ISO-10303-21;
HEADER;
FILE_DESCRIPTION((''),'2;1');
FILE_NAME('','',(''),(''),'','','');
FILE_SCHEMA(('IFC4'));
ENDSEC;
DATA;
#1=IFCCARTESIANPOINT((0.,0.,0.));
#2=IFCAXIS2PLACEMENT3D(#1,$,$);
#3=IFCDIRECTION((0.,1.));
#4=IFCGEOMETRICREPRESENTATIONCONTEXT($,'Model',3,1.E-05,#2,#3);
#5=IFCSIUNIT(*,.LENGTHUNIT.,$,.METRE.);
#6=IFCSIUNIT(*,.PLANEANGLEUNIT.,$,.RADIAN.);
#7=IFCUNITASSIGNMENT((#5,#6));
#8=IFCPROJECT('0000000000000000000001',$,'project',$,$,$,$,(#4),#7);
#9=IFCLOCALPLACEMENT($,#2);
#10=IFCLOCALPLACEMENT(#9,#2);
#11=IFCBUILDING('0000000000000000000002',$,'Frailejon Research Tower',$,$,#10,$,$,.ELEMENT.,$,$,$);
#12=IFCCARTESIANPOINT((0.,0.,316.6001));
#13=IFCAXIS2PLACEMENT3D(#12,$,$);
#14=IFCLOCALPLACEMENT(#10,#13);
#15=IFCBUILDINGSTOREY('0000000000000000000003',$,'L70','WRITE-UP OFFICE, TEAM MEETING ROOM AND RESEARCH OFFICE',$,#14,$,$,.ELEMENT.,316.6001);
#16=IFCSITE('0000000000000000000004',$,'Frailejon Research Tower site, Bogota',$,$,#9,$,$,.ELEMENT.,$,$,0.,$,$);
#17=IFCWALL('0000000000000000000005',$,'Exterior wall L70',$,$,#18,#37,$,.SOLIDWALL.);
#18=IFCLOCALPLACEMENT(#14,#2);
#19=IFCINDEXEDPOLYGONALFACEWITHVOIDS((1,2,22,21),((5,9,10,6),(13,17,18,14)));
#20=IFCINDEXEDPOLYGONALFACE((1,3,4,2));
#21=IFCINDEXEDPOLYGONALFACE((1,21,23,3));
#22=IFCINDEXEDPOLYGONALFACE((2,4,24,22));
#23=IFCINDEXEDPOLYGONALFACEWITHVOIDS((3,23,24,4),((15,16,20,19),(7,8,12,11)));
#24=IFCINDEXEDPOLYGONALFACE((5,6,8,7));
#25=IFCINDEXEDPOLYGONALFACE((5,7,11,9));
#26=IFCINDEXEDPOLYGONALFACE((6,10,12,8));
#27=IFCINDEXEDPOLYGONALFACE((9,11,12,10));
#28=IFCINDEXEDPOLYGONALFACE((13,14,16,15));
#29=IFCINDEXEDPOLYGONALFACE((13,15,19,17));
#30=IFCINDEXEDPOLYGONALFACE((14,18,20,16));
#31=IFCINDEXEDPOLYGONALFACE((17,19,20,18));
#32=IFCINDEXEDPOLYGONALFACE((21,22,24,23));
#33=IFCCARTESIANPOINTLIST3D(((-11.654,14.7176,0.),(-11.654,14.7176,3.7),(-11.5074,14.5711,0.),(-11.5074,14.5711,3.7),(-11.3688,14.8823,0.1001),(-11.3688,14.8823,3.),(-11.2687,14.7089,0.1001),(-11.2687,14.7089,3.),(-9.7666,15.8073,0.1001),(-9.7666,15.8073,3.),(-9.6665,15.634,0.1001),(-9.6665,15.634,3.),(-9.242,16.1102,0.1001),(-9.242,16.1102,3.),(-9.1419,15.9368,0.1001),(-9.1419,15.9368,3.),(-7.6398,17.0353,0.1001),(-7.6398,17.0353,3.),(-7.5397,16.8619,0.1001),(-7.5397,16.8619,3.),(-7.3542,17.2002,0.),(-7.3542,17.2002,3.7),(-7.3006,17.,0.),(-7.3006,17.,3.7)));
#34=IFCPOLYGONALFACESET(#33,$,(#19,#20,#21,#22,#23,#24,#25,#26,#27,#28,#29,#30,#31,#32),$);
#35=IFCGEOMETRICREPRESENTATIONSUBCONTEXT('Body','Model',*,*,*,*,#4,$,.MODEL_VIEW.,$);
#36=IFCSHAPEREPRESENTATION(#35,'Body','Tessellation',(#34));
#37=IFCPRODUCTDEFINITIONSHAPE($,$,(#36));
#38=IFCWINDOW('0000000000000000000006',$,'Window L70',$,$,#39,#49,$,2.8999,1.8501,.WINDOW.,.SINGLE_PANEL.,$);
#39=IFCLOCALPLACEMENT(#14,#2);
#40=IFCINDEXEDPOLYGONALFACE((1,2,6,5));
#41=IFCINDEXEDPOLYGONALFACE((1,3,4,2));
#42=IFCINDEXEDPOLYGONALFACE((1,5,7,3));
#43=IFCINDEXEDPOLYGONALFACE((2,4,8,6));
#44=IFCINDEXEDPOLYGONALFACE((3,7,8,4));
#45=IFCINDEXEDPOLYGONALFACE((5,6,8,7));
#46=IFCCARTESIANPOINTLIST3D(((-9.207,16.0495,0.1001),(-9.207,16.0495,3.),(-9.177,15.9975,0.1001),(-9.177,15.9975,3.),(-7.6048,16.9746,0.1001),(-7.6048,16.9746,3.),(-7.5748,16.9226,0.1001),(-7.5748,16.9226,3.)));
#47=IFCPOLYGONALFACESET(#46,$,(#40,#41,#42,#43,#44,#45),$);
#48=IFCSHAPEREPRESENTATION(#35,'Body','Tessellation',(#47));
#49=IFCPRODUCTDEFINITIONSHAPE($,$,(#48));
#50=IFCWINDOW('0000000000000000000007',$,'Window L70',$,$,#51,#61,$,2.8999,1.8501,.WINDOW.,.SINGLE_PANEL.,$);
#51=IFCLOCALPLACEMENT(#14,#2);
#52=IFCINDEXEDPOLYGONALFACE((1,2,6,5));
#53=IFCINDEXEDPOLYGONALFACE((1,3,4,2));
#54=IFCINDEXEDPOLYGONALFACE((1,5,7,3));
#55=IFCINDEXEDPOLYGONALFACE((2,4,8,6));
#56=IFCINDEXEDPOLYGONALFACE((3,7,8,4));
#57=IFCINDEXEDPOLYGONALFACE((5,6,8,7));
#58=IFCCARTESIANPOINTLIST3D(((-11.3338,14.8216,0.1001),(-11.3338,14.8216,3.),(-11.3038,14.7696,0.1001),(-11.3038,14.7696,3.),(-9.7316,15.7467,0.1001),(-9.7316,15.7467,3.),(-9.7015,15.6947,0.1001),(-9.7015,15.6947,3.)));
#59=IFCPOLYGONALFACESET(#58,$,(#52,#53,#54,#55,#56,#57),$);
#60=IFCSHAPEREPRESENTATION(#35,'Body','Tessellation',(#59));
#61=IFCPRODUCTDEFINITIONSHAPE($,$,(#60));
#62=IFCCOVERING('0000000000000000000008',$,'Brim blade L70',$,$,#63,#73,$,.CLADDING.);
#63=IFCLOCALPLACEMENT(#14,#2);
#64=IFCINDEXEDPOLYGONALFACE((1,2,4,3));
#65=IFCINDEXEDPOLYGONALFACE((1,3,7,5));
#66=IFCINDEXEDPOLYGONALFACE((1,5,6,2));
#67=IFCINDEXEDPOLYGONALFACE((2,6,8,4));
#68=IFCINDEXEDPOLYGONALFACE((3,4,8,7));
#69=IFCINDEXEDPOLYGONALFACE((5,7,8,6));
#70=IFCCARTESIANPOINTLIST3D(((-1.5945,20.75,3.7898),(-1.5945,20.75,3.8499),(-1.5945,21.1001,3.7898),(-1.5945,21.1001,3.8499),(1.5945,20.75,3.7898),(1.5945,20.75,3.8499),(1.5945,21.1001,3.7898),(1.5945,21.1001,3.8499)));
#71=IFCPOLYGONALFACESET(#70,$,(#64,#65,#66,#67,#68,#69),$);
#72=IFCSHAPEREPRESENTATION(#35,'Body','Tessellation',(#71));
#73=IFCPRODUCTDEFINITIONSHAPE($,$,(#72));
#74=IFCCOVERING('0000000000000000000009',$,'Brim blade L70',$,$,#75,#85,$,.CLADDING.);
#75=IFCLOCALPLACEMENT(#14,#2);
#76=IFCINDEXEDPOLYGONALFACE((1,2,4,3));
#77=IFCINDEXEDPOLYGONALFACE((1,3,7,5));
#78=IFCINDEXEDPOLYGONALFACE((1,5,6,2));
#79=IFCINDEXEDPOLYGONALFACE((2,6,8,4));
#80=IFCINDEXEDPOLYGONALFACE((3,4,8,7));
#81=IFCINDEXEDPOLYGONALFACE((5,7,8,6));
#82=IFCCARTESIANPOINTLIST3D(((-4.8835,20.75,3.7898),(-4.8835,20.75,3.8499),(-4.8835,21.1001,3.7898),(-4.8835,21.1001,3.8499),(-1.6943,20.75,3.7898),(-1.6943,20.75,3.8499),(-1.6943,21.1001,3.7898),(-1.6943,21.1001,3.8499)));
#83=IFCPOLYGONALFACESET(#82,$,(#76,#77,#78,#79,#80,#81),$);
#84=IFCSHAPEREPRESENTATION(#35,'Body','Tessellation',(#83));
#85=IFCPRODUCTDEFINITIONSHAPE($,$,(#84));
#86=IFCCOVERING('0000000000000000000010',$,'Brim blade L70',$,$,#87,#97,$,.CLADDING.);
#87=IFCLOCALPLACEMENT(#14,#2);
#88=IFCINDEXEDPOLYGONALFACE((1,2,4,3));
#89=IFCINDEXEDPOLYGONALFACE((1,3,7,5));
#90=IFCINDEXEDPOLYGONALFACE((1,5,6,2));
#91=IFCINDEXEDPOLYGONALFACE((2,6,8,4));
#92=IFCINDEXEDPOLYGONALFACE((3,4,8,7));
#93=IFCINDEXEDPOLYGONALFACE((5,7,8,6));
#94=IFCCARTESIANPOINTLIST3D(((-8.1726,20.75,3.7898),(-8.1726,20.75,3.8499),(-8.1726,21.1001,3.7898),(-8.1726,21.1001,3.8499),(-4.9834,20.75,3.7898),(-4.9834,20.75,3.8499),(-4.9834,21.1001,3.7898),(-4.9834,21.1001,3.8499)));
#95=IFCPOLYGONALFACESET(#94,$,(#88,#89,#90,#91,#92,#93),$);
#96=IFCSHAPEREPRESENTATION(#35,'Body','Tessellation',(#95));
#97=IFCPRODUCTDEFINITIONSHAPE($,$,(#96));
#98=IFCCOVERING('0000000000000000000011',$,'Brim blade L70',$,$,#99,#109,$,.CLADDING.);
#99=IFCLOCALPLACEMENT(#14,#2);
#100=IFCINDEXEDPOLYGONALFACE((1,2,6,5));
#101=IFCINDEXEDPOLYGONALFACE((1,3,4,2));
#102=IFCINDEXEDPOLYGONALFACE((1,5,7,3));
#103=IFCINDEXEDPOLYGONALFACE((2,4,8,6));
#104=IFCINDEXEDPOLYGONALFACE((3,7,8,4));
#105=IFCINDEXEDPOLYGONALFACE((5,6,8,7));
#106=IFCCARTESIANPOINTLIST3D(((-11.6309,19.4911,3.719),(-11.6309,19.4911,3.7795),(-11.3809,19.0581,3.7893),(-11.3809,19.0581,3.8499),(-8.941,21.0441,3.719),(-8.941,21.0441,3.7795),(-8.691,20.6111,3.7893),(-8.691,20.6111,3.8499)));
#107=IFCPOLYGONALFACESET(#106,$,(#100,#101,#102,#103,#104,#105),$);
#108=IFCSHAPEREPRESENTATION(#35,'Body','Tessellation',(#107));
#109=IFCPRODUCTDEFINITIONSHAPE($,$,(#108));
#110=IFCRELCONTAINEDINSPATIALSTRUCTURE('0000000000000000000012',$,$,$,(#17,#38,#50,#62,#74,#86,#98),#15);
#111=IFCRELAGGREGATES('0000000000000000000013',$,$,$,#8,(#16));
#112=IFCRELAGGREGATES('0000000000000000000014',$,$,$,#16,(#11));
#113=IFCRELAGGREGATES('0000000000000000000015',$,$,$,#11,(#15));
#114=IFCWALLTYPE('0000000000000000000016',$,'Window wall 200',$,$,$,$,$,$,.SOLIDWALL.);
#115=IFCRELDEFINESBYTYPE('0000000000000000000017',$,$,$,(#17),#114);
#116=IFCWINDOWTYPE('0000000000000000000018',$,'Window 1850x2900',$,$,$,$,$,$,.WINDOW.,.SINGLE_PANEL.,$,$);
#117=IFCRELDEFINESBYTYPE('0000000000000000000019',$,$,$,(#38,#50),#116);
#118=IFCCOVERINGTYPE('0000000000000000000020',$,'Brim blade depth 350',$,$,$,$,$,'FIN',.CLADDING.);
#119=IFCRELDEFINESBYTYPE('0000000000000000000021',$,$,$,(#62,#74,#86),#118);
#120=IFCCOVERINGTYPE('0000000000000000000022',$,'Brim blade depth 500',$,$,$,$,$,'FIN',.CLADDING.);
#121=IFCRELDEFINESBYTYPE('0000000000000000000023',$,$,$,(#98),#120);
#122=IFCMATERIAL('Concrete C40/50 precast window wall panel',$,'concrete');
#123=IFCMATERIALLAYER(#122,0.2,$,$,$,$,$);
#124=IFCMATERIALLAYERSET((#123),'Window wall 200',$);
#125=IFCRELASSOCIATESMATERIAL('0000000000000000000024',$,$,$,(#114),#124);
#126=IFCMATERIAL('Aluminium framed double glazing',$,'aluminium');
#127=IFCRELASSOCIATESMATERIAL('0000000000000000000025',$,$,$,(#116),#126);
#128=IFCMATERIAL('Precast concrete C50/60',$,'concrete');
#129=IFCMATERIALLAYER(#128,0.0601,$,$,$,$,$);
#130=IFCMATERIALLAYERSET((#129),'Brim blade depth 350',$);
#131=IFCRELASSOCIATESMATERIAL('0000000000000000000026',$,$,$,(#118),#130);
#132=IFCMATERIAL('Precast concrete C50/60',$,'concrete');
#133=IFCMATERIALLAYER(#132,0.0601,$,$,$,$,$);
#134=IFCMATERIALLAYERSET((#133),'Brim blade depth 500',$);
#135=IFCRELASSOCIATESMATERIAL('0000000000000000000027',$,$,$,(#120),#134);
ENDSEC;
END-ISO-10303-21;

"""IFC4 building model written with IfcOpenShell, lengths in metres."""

from ifc_helpers import new_model, si_unit, direction, frame, frame_2d, origin, place, context, subcontext, project, spatial, polyline, rectangle, outline, extrude, material, layer, layer_set, type_object, element, fill, save


model = new_model("IFC4")

# Units and contexts
model_context = context("Model", 3, precision=1e-05, world=origin(), true_north=direction((0.0, 1.0)))
body_context = subcontext(model_context, "Body", "Model", "MODEL_VIEW")
ifc_project = project(units=[si_unit("LENGTHUNIT", "METRE"), si_unit("PLANEANGLEUNIT", "RADIAN")], contexts=[model_context])

# Site, building, storey
site_placement = place(None, origin())
site = spatial("IfcSite", under=ifc_project, at=site_placement, Name="Frailejon Research Tower site, Bogota", CompositionType="ELEMENT", RefElevation=0.0)
building_placement = place(site_placement, origin())
building = spatial("IfcBuilding", under=site, at=building_placement, Name="Frailejon Research Tower", CompositionType="ELEMENT")
storey_placement = place(building_placement, frame((0.0, 0.0, 316.6001)))
storey = spatial("IfcBuildingStorey", under=building, at=storey_placement, Name="L70", Description="WRITE-UP OFFICE, TEAM MEETING ROOM AND RESEARCH OFFICE", CompositionType="ELEMENT", Elevation=316.6001)

# Wall, openings, windows
ifc_material_1 = material(Name="Concrete C40/50 precast window wall panel", Category="concrete")
ifc_layer_1 = layer(ifc_material_1, 0.2)
ifc_layer_set_1 = layer_set([ifc_layer_1], Name="Window wall 200")
wall_type = type_object("IfcWallType", Name="Window wall 200", PredefinedType="SOLIDWALL", material=ifc_layer_set_1)
wall_placement = place(storey_placement, frame((-7.3274, 17.1001, 0.0), z_axis=(0.0, 0.0, 1.0), x_axis=(-0.866017, -0.500015, 0.0)))
wall = element("IfcWall", 1, at=wall_placement, inside=storey, type_object=wall_type, Name="Exterior wall L70", PredefinedType="SOLIDWALL", context=body_context, shape_type="SweptSolid", body=[
    extrude(outline(polyline([(-0.0269, -0.1001), (1.2144, -0.1001), (2.4556, -0.1001), (3.697, -0.1001), (4.9382, -0.1001), (4.8845, 0.1001), (3.6702, 0.1001), (2.4556, 0.1001), (1.2412, 0.1001), (0.0269, 0.1001), (-0.0269, -0.1001)])), origin(), (0.0, 0.0, 1.0), 3.7),
])
opening_1_placement = place(wall_placement, frame((0.303, 0.0, 0.1001)))
opening_1 = element("IfcOpeningElement", 2, at=opening_1_placement, cuts=wall, PredefinedType="OPENING", context=body_context, shape_type="SweptSolid", body=[
    extrude(rectangle(XDim=1.8501, YDim=2.8999, at=frame_2d((0.925, 1.45))), frame((0.0, 0.1099, 0.0), z_axis=(0.0, -1.0, 0.0), x_axis=(1.0, 0.0, 0.0)), (0.0, 0.0, 1.0), 0.22),
])
opening_2_placement = place(wall_placement, frame((2.7588, 0.0, 0.1001)))
opening_2 = element("IfcOpeningElement", 3, at=opening_2_placement, cuts=wall, PredefinedType="OPENING", context=body_context, shape_type="SweptSolid", body=[
    extrude(rectangle(XDim=1.8501, YDim=2.8999, at=frame_2d((0.925, 1.45))), frame((0.0, 0.1099, 0.0), z_axis=(0.0, -1.0, 0.0), x_axis=(1.0, 0.0, 0.0)), (0.0, 0.0, 1.0), 0.22),
])
ifc_material_2 = material(Name="Aluminium framed double glazing", Category="aluminium")
window_type = type_object("IfcWindowType", Name="Window 1850x2900", PartitioningType="SINGLE_PANEL", PredefinedType="WINDOW", material=ifc_material_2)
window_1_placement = place(opening_1_placement, origin())
window_1 = element("IfcWindow", 4, at=window_1_placement, inside=storey, type_object=window_type, Name="Window L70", OverallHeight=2.8999, OverallWidth=1.8501, PartitioningType="SINGLE_PANEL", PredefinedType="WINDOW", context=body_context, shape_type="SweptSolid", body=[
    extrude(rectangle(XDim=1.8501, YDim=2.8999, at=frame_2d((0.925, 1.45))), frame((0.0, 0.03, 0.0), z_axis=(0.0, -1.0, 0.0), x_axis=(1.0, 0.0, 0.0)), (0.0, 0.0, 1.0), 0.0601),
])
fill(opening_1, window_1)
window_2_placement = place(opening_2_placement, origin())
window_2 = element("IfcWindow", 5, at=window_2_placement, inside=storey, type_object=window_type, Name="Window L70", OverallHeight=2.8999, OverallWidth=1.8501, PartitioningType="SINGLE_PANEL", PredefinedType="WINDOW", context=body_context, shape_type="SweptSolid", body=[
    extrude(rectangle(XDim=1.8501, YDim=2.8999, at=frame_2d((0.925, 1.45))), frame((0.0, 0.03, 0.0), z_axis=(0.0, -1.0, 0.0), x_axis=(1.0, 0.0, 0.0)), (0.0, 0.0, 1.0), 0.0601),
])
fill(opening_2, window_2)

# Coverings
ifc_material_3 = material(Name="Precast concrete C50/60", Category="concrete")
ifc_layer_2 = layer(ifc_material_3, 0.0601)
ifc_layer_set_2 = layer_set([ifc_layer_2], Name="Brim blade depth 350")
covering_type_1 = type_object("IfcCoveringType", Name="Brim blade depth 350", ElementType="FIN", PredefinedType="CLADDING", material=ifc_layer_set_2)
covering_1_placement = place(storey_placement, frame((-1.5945, 20.75, 3.8499), z_axis=(1.0, 0.0, 0.0), x_axis=(0.0, 1.0, 0.0)))
element("IfcCovering", 6, at=covering_1_placement, inside=storey, type_object=covering_type_1, Name="Brim blade L70", PredefinedType="CLADDING", context=body_context, shape_type="SweptSolid", body=[
    extrude(outline(polyline([(0.0, -0.0601), (0.3501, -0.0601), (0.3501, 0.0), (0.0, 0.0), (0.0, -0.0601)])), origin(), (0.0, 0.0, 1.0), 3.189),
])
for number, where, z_axis, x_axis, name in (
    (7, (-4.8835, 20.75, 3.8499), (1.0, 0.0, 0.0), (0.0, 1.0, 0.0), "Brim blade L70"),
    (8, (-8.1726, 20.75, 3.8499), (1.0, 0.0, 0.0), (0.0, 1.0, 0.0), "Brim blade L70"),
):
    element("IfcCovering", number, at=place(storey_placement, frame(where, z_axis=z_axis, x_axis=x_axis)), inside=storey, type_object=covering_type_1, Name=name, PredefinedType="CLADDING", context=body_context, shape_type="SweptSolid", body=[
        extrude(outline(polyline([(0.0, -0.0601), (0.3501, -0.0601), (0.3501, 0.0), (0.0, 0.0), (0.0, -0.0601)])), origin(), (0.0, 0.0, 1.0), 3.1892),
    ])
ifc_material_4 = material(Name="Precast concrete C50/60", Category="concrete")
ifc_layer_3 = layer(ifc_material_4, 0.0601)
ifc_layer_set_3 = layer_set([ifc_layer_3], Name="Brim blade depth 500")
covering_type_2 = type_object("IfcCoveringType", Name="Brim blade depth 500", ElementType="FIN", PredefinedType="CLADDING", material=ifc_layer_set_3)
covering_2_placement = place(storey_placement, frame((-11.3809, 19.0581, 3.8499), z_axis=(0.866027, 0.499997, 0.0), x_axis=(-0.499997, 0.866027, 0.0)))
element("IfcCovering", 9, at=covering_2_placement, inside=storey, type_object=covering_type_2, Name="Brim blade L70", PredefinedType="CLADDING", context=body_context, shape_type="SweptSolid", body=[
    extrude(outline(polyline([(0.0, -0.0605), (0.5, -0.1309), (0.5, -0.0703), (0.0, 0.0), (0.0, -0.0605)])), origin(), (0.0, 0.0, 1.0), 3.106),
])

save(model, "model.ifc")
